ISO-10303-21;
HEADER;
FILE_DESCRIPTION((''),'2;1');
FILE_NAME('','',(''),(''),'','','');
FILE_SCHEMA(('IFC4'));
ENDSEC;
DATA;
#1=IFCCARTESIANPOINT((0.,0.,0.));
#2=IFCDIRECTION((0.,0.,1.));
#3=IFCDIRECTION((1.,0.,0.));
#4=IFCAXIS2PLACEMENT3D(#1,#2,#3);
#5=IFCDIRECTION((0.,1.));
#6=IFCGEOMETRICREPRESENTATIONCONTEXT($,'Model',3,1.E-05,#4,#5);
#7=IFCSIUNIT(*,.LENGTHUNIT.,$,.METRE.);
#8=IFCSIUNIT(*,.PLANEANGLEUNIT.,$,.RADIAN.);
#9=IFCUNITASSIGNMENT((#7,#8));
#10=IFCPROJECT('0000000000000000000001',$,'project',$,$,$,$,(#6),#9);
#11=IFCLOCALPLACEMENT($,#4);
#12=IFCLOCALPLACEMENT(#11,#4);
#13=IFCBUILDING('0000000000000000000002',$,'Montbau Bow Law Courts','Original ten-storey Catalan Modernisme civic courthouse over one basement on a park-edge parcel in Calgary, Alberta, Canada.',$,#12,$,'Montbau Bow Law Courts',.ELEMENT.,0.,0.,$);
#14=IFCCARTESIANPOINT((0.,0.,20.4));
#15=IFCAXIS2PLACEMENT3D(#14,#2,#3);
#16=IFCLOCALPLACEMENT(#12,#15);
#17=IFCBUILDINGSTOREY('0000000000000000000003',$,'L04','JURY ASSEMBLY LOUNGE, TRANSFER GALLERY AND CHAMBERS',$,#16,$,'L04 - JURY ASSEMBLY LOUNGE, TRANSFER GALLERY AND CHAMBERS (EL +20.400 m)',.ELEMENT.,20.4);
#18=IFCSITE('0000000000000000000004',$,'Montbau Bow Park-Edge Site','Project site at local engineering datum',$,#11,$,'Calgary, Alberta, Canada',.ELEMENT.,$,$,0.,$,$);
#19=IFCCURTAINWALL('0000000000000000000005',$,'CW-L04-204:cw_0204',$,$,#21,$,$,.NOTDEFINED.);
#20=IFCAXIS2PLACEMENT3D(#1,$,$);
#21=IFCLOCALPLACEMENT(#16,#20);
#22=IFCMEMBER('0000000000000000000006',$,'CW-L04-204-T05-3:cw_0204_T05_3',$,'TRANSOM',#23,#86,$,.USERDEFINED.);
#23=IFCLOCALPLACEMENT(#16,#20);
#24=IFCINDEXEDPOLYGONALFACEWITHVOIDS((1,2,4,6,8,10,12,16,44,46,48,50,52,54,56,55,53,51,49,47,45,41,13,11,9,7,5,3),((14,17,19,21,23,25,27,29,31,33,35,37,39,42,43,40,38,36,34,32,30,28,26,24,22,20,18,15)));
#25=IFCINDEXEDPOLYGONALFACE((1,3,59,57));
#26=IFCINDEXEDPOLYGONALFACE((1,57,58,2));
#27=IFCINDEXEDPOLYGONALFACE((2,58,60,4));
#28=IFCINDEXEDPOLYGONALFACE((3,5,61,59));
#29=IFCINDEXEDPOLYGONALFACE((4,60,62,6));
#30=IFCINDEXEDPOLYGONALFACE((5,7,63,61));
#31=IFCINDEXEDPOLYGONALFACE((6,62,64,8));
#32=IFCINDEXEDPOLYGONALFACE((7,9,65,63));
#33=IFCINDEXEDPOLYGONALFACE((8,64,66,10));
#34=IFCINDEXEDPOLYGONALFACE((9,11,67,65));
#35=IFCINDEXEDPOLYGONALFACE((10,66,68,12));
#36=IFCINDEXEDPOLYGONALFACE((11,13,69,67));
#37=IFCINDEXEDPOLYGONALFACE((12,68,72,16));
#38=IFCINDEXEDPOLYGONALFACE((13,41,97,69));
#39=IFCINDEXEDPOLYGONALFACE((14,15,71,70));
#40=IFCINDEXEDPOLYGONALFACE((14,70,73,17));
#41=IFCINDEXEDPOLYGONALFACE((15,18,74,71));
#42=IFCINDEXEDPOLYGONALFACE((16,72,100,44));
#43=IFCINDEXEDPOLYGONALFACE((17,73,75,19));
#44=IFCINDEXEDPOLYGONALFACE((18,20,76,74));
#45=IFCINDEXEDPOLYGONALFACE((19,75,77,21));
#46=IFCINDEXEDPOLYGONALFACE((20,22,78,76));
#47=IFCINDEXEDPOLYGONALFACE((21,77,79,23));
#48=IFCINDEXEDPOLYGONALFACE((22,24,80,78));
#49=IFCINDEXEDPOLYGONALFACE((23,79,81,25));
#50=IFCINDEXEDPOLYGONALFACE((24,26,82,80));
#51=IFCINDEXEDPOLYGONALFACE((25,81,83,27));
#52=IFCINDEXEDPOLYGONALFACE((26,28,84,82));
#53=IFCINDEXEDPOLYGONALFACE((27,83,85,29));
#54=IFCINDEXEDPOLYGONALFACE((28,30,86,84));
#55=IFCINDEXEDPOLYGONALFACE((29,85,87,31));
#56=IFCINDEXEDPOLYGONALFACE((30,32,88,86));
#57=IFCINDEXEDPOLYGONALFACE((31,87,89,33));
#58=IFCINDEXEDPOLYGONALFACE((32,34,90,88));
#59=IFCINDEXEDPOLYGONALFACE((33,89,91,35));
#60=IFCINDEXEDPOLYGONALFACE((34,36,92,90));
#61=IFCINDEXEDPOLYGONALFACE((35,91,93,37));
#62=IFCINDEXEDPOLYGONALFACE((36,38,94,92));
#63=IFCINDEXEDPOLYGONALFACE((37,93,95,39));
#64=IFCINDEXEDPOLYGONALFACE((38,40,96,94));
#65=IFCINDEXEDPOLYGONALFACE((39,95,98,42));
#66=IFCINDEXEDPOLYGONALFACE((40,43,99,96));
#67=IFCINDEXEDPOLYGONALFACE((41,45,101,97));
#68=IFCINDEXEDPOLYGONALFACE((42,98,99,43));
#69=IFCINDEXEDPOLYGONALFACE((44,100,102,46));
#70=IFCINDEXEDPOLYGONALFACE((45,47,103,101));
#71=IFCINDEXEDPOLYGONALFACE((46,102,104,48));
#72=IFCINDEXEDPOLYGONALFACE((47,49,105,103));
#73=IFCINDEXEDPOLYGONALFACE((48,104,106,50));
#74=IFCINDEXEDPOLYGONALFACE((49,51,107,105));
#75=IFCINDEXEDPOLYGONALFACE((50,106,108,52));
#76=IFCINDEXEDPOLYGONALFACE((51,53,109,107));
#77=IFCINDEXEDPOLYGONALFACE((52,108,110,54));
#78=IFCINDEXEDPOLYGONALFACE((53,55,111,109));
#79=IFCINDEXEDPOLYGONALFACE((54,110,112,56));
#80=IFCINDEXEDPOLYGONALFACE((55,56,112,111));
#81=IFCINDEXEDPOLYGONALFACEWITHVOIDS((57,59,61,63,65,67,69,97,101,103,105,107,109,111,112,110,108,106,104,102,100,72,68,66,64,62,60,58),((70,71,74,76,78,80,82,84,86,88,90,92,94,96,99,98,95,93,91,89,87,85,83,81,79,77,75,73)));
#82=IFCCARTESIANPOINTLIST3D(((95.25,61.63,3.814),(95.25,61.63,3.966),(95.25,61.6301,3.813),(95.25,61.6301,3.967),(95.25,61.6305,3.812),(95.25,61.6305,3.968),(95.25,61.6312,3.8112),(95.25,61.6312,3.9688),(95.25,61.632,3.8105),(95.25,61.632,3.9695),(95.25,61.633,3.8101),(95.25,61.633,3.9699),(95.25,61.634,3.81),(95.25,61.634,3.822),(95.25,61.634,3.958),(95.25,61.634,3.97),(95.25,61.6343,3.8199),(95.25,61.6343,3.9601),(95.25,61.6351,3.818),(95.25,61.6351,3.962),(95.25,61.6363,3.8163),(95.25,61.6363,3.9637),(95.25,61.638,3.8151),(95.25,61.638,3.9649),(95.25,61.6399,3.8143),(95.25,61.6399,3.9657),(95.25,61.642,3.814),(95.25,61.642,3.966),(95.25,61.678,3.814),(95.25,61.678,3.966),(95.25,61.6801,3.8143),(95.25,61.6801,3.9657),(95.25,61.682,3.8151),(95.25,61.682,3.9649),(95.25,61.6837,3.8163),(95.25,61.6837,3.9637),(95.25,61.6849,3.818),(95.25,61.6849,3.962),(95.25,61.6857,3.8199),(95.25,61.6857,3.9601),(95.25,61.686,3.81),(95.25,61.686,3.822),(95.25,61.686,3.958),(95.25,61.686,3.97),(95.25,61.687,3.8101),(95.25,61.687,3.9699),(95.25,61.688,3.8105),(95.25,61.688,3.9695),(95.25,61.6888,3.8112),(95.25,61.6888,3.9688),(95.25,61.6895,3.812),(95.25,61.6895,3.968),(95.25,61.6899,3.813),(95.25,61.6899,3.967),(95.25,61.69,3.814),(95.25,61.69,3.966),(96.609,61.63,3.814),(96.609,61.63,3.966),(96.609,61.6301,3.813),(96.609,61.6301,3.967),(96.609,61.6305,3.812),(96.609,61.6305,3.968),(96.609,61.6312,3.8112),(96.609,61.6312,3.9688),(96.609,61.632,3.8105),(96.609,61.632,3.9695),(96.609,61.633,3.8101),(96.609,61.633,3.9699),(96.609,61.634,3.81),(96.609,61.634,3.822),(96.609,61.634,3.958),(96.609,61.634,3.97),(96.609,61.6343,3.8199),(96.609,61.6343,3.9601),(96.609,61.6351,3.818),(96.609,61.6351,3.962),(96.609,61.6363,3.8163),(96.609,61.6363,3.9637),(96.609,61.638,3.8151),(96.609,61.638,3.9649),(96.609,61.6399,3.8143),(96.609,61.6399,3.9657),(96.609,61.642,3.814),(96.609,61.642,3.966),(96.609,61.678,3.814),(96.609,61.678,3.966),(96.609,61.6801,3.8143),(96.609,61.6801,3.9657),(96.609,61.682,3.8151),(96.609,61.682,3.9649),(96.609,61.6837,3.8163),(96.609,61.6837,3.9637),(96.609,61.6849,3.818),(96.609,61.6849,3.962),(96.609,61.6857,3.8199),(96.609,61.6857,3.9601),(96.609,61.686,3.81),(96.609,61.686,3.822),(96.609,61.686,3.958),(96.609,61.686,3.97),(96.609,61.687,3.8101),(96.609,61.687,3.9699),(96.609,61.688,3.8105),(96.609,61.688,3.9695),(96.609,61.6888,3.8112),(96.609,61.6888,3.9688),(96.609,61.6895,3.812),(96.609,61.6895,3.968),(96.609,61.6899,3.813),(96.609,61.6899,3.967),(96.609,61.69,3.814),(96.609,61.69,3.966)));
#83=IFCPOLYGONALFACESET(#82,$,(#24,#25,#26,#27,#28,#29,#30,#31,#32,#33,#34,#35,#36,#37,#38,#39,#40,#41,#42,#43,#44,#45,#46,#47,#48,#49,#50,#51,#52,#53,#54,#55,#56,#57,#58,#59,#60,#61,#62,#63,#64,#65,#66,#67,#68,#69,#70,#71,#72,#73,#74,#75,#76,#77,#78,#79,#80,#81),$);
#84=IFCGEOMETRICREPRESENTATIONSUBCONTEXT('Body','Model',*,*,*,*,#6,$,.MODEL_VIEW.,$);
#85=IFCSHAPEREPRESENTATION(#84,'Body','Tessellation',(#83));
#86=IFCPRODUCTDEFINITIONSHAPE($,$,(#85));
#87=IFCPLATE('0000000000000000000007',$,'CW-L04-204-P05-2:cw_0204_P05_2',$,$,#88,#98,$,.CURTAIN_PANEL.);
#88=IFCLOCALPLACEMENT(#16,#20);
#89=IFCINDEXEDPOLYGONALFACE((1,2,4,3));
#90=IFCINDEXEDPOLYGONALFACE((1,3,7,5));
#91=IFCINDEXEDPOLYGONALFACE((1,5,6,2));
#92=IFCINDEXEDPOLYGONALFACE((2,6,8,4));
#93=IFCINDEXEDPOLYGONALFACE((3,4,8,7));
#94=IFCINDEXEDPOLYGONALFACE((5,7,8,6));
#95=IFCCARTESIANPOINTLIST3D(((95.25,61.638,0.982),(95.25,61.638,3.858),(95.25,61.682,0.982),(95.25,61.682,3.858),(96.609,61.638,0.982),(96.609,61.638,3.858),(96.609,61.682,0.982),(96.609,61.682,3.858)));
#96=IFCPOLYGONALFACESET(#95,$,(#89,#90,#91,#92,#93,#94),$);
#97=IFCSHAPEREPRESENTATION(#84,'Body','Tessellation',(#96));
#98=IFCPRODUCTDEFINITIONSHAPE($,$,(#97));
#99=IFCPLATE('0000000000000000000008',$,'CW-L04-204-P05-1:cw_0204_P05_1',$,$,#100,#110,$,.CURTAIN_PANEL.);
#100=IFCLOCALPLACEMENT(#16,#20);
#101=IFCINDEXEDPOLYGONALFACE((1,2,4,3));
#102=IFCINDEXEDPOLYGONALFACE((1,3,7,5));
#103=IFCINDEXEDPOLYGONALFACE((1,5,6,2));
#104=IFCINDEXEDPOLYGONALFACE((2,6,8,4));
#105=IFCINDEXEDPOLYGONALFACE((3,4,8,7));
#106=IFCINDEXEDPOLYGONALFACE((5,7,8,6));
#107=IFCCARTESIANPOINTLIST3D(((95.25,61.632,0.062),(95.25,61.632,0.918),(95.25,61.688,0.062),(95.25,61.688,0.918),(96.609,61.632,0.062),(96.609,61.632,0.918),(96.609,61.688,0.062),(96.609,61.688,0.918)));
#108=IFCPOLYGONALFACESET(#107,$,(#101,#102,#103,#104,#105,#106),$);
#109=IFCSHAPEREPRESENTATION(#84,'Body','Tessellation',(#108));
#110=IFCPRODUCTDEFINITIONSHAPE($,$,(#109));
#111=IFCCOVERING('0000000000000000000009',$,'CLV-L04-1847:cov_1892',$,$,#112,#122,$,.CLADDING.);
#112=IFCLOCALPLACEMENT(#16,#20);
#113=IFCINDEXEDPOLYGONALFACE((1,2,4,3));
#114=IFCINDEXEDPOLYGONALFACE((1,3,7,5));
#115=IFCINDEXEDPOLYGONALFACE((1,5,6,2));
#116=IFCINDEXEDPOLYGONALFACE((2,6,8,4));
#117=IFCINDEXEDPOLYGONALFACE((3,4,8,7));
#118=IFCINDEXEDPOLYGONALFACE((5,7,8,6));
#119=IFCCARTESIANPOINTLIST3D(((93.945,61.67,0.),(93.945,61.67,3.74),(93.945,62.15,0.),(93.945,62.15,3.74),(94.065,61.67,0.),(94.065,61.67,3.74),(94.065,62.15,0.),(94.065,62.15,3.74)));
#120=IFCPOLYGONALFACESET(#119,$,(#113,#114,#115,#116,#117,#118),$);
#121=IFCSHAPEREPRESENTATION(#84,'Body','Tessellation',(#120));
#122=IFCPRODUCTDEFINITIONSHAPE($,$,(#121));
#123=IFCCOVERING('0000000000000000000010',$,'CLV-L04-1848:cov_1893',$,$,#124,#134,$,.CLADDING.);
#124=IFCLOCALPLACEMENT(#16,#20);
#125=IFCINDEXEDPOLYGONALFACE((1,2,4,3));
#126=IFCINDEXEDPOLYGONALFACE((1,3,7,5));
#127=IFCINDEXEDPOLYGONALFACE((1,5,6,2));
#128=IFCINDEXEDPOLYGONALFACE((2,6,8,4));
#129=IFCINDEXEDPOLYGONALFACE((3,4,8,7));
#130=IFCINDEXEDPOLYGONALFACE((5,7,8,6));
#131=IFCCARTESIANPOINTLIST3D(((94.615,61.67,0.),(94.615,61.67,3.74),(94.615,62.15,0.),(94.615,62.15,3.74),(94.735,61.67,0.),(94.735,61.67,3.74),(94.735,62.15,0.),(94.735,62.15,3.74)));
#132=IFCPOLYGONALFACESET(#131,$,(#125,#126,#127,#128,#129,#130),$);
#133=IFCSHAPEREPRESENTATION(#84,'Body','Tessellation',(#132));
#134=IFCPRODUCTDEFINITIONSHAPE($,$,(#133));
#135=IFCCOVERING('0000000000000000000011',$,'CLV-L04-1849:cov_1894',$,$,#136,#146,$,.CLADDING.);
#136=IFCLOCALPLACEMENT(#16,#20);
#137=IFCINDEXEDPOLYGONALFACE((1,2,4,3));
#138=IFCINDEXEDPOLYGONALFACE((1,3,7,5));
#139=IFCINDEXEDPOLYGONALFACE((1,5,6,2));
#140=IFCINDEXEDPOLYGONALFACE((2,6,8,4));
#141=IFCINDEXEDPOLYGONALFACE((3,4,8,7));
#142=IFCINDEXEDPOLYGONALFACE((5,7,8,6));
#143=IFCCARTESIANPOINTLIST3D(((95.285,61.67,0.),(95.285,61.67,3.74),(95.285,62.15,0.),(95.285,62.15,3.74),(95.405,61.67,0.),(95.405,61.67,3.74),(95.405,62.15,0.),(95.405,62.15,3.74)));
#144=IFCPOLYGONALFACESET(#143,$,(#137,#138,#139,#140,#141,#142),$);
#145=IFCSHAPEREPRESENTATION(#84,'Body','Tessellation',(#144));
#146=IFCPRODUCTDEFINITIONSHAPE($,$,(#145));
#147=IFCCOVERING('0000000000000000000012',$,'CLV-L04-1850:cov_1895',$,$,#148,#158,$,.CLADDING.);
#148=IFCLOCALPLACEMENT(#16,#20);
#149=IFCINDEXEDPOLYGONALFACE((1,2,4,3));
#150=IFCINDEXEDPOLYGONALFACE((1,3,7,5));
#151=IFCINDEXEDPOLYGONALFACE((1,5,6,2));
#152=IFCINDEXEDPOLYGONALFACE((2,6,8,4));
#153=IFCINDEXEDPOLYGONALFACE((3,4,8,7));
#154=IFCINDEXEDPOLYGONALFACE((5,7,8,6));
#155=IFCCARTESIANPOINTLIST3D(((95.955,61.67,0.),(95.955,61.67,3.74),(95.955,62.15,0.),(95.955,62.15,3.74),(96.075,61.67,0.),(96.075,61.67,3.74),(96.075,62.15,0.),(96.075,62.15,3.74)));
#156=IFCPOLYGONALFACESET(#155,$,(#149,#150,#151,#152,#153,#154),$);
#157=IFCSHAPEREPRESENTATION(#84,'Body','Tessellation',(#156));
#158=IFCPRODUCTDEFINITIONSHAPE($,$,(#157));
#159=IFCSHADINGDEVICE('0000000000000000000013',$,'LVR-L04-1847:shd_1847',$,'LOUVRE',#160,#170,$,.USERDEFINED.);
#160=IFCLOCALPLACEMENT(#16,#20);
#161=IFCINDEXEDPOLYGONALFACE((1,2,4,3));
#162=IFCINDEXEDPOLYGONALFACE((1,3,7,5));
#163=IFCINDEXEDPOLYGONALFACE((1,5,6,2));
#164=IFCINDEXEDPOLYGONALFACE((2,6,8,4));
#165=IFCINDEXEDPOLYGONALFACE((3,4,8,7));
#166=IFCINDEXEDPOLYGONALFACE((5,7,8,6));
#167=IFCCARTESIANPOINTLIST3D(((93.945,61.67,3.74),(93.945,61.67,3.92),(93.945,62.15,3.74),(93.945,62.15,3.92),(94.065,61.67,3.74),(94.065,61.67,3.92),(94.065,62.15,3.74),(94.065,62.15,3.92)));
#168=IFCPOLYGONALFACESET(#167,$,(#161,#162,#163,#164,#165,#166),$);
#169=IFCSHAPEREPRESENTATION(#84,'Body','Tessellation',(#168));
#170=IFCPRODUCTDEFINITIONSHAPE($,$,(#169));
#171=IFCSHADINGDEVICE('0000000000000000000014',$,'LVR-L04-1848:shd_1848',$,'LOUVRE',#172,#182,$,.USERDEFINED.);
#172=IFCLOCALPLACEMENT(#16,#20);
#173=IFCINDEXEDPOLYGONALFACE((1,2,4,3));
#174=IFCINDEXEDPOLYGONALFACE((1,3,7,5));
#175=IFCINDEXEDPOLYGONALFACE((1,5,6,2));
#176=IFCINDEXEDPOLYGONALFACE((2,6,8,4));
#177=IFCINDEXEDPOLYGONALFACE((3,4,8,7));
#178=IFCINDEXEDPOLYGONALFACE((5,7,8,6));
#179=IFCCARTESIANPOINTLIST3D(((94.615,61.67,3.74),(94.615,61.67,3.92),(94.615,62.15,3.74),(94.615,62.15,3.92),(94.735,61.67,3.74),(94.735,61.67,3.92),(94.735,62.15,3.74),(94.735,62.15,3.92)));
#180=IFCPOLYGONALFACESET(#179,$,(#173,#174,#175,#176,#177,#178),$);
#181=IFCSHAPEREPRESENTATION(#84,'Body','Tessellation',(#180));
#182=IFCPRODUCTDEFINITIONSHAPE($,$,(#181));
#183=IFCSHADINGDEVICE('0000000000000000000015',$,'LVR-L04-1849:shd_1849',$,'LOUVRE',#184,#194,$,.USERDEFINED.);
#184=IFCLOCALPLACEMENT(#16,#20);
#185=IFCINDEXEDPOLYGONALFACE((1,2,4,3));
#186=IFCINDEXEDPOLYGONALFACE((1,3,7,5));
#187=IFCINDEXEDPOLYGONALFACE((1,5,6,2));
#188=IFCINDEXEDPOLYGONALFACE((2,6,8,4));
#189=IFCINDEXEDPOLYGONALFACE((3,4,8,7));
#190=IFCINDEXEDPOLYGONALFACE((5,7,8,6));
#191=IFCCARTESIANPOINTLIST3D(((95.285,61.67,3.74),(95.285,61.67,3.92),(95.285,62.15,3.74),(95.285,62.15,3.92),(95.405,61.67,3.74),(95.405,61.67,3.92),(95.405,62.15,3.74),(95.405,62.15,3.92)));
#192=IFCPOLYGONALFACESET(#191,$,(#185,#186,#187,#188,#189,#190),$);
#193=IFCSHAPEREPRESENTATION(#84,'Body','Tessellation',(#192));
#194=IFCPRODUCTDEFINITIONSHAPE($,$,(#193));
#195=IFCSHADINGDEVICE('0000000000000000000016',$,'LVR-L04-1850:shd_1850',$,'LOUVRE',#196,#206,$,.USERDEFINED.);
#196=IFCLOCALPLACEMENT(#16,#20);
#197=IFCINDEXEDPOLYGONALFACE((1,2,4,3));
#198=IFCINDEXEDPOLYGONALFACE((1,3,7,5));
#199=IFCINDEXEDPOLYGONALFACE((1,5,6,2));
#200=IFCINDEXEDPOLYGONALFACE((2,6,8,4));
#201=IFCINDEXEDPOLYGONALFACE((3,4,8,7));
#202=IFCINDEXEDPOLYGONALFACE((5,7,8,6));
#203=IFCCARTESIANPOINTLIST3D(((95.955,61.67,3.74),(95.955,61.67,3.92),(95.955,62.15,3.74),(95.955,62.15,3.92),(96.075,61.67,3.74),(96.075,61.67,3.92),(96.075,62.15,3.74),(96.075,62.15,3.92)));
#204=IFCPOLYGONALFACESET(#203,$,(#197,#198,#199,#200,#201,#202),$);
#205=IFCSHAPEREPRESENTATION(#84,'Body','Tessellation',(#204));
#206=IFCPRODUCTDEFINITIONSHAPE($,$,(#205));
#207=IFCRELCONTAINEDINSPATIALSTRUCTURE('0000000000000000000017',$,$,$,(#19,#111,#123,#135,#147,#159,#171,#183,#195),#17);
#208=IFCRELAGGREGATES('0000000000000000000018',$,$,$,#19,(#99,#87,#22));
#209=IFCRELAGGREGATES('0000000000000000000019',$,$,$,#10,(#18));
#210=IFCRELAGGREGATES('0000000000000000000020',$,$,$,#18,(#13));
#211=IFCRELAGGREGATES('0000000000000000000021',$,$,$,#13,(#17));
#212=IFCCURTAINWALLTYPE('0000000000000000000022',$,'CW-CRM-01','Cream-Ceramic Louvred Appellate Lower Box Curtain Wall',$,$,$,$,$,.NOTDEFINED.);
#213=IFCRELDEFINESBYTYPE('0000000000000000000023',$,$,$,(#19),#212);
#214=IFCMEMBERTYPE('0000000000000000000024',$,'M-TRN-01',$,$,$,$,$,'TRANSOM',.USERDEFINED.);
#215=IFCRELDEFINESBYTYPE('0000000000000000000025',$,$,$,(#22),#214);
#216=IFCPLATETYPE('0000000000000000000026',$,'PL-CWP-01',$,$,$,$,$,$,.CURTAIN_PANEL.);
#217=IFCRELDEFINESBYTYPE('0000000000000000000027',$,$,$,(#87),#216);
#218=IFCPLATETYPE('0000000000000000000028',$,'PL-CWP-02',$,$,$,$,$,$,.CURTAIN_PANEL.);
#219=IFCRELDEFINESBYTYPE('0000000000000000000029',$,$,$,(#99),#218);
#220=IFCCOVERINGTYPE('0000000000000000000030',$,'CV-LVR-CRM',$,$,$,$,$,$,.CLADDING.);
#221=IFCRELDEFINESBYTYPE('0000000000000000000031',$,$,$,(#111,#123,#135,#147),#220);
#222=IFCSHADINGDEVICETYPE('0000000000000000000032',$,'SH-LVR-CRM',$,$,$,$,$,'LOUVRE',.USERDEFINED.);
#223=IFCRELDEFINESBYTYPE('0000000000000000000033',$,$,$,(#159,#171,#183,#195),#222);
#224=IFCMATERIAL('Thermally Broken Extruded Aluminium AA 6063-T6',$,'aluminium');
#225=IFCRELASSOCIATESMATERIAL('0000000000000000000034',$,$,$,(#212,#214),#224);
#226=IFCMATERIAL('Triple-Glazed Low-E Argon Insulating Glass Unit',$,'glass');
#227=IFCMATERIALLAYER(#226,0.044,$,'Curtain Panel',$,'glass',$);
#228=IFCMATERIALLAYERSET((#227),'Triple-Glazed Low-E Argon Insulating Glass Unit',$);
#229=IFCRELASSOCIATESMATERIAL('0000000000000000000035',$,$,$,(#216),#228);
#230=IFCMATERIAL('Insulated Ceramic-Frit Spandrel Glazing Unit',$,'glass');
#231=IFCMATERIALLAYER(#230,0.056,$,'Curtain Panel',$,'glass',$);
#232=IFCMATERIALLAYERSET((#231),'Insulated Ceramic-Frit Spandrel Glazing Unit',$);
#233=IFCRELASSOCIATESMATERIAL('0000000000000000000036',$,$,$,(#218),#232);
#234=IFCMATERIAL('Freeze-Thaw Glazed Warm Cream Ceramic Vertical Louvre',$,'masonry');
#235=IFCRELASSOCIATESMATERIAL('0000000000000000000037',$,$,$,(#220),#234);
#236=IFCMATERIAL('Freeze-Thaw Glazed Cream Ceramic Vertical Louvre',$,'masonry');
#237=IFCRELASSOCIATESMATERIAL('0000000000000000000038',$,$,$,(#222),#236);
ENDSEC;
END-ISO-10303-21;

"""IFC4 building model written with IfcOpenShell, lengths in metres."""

from ifc_helpers import new_model, si_unit, direction, frame, frame_2d, origin_with_axes, origin_2d_with_axis, place, context, subcontext, project, spatial, rectangle, hollow_rectangle, extrude, material, layer, layer_set, material_profile, profile_set, type_object, element, aggregate, save


model = new_model("IFC4")

# Units and contexts
model_context = context("Model", 3, precision=1e-05, world=origin_with_axes(), true_north=direction((0.0, 1.0)))
body_context = subcontext(model_context, "Body", "Model", "MODEL_VIEW")
ifc_project = project(units=[si_unit("LENGTHUNIT", "METRE"), si_unit("PLANEANGLEUNIT", "RADIAN")], contexts=[model_context])

# Site, building, storey
site_placement = place(None, origin_with_axes())
site = spatial("IfcSite", under=ifc_project, at=site_placement, Name="Montbau Bow Park-Edge Site", Description="Project site at local engineering datum", LongName="Calgary, Alberta, Canada", CompositionType="ELEMENT", RefElevation=0.0)
building_placement = place(site_placement, origin_with_axes())
building = spatial("IfcBuilding", under=site, at=building_placement, Name="Montbau Bow Law Courts", Description="Original ten-storey Catalan Modernisme civic courthouse over one basement on a park-edge parcel in Calgary, Alberta, Canada.", LongName="Montbau Bow Law Courts", CompositionType="ELEMENT", ElevationOfRefHeight=0.0, ElevationOfTerrain=0.0)
storey_placement = place(building_placement, frame((0.0, 0.0, 20.4), z_axis=(0.0, 0.0, 1.0), x_axis=(1.0, 0.0, 0.0)))
storey = spatial("IfcBuildingStorey", under=building, at=storey_placement, Name="L04", Description="JURY ASSEMBLY LOUNGE, TRANSFER GALLERY AND CHAMBERS", LongName="L04 - JURY ASSEMBLY LOUNGE, TRANSFER GALLERY AND CHAMBERS (EL +20.400 m)", CompositionType="ELEMENT", Elevation=20.4)

# Curtain wall, member, plates
ifc_material_1 = material(Name="Thermally Broken Extruded Aluminium AA 6063-T6", Category="aluminium")
curtain_wall_type = type_object("IfcCurtainWallType", Name="CW-CRM-01", Description="Cream-Ceramic Louvred Appellate Lower Box Curtain Wall", PredefinedType="NOTDEFINED", material=ifc_material_1)
curtain_wall_placement = place(None, frame((89.315, 61.66, 20.4), z_axis=(0.0, 0.0, 1.0), x_axis=(1.0, 0.0, 0.0)))
curtain_wall = element("IfcCurtainWall", 1, at=curtain_wall_placement, inside=storey, type_object=curtain_wall_type, Name="CW-L04-204:cw_0204", PredefinedType="NOTDEFINED")
ifc_material_profile_1 = material_profile(ifc_material_1, hollow_rectangle(XDim=0.06, YDim=0.16, WallThickness=0.004, InnerFilletRadius=0.008, OuterFilletRadius=0.004, at=origin_2d_with_axis()), Name="CWT-160X60", Category="Main", Priority=0)
ifc_profile_set_1 = profile_set([ifc_material_profile_1], Name="Thermally Broken Extruded Aluminium AA 6063-T6")
member_type_1 = type_object("IfcMemberType", Name="M-TRN-01", ElementType="TRANSOM", PredefinedType="USERDEFINED", material=ifc_profile_set_1)
member_1_placement = place(None, frame((95.25, 61.66, 24.29), z_axis=(1.0, 0.0, 0.0), x_axis=(0.0, 1.0, 0.0)))
member_1 = element("IfcMember", 2, at=member_1_placement, type_object=member_type_1, Name="CW-L04-204-T05-3:cw_0204_T05_3", ObjectType="TRANSOM", PredefinedType="USERDEFINED", context=body_context, shape_type="SweptSolid", body=[
    extrude(hollow_rectangle(XDim=0.06, YDim=0.16, WallThickness=0.004, InnerFilletRadius=0.008, OuterFilletRadius=0.004, at=origin_2d_with_axis()), origin_with_axes(), (0.0, 0.0, 1.0), 1.359),
])
ifc_material_2 = material(Name="Triple-Glazed Low-E Argon Insulating Glass Unit", Category="glass")
ifc_layer_1 = layer(ifc_material_2, 0.044, Name="Curtain Panel", Category="glass")
ifc_layer_set_1 = layer_set([ifc_layer_1], Name="Triple-Glazed Low-E Argon Insulating Glass Unit")
plate_type_1 = type_object("IfcPlateType", Name="PL-CWP-01", PredefinedType="CURTAIN_PANEL", material=ifc_layer_set_1)
plate_1_placement = place(None, frame((95.25, 61.66, 21.382), z_axis=(0.0, -1.0, 0.0), x_axis=(1.0, 0.0, 0.0)))
plate_1 = element("IfcPlate", 3, at=plate_1_placement, type_object=plate_type_1, Name="CW-L04-204-P05-2:cw_0204_P05_2", PredefinedType="CURTAIN_PANEL", context=body_context, shape_type="SweptSolid", body=[
    extrude(rectangle(XDim=1.359, YDim=2.876, at=frame_2d((0.6795, 1.438), x_axis=(1.0, 0.0))), frame((0.0, 0.0, -0.022), z_axis=(0.0, 0.0, 1.0), x_axis=(1.0, 0.0, 0.0)), (0.0, 0.0, 1.0), 0.044),
])
ifc_material_3 = material(Name="Insulated Ceramic-Frit Spandrel Glazing Unit", Category="glass")
ifc_layer_2 = layer(ifc_material_3, 0.056, Name="Curtain Panel", Category="glass")
ifc_layer_set_2 = layer_set([ifc_layer_2], Name="Insulated Ceramic-Frit Spandrel Glazing Unit")
plate_type_2 = type_object("IfcPlateType", Name="PL-CWP-02", PredefinedType="CURTAIN_PANEL", material=ifc_layer_set_2)
plate_2_placement = place(None, frame((95.25, 61.66, 20.462), z_axis=(0.0, -1.0, 0.0), x_axis=(1.0, 0.0, 0.0)))
plate_2 = element("IfcPlate", 4, at=plate_2_placement, type_object=plate_type_2, Name="CW-L04-204-P05-1:cw_0204_P05_1", PredefinedType="CURTAIN_PANEL", context=body_context, shape_type="SweptSolid", body=[
    extrude(rectangle(XDim=1.359, YDim=0.856, at=frame_2d((0.6795, 0.428), x_axis=(1.0, 0.0))), frame((0.0, 0.0, -0.028), z_axis=(0.0, 0.0, 1.0), x_axis=(1.0, 0.0, 0.0)), (0.0, 0.0, 1.0), 0.056),
])
aggregate(curtain_wall, [plate_2, plate_1, member_1])

# Coverings
ifc_material_4 = material(Name="Freeze-Thaw Glazed Warm Cream Ceramic Vertical Louvre", Category="masonry")
covering_type = type_object("IfcCoveringType", Name="CV-LVR-CRM", PredefinedType="CLADDING", material=ifc_material_4)
for number, where, z_axis, x_axis, name in (
    (5, (94.005, 61.67, 20.4), (1.0, 0.0, 0.0), (0.0, 1.0, 0.0), "CLV-L04-1847:cov_1892"),
    (6, (94.675, 61.67, 20.4), (1.0, 0.0, 0.0), (0.0, 1.0, 0.0), "CLV-L04-1848:cov_1893"),
    (7, (95.345, 61.67, 20.4), (1.0, 0.0, 0.0), (0.0, 1.0, 0.0), "CLV-L04-1849:cov_1894"),
    (8, (96.015, 61.67, 20.4), (1.0, 0.0, 0.0), (0.0, 1.0, 0.0), "CLV-L04-1850:cov_1895"),
):
    element("IfcCovering", number, at=place(None, frame(where, z_axis=z_axis, x_axis=x_axis)), inside=storey, type_object=covering_type, Name=name, PredefinedType="CLADDING", context=body_context, shape_type="SweptSolid", body=[
        extrude(rectangle(XDim=0.48, YDim=3.74, at=frame_2d((0.24, 1.87), x_axis=(1.0, 0.0))), frame((0.0, 0.0, -0.06), z_axis=(0.0, 0.0, 1.0), x_axis=(1.0, 0.0, 0.0)), (0.0, 0.0, 1.0), 0.12),
    ])

# Shading devices
ifc_material_5 = material(Name="Freeze-Thaw Glazed Cream Ceramic Vertical Louvre", Category="masonry")
shading_device_type = type_object("IfcShadingDeviceType", Name="SH-LVR-CRM", ElementType="LOUVRE", PredefinedType="USERDEFINED", material=ifc_material_5)
for number, where, z_axis, x_axis, name in (
    (9, (94.005, 61.91, 24.14), (0.0, 0.0, 1.0), (0.0, 1.0, 0.0), "LVR-L04-1847:shd_1847"),
    (10, (94.675, 61.91, 24.14), (0.0, 0.0, 1.0), (0.0, 1.0, 0.0), "LVR-L04-1848:shd_1848"),
    (11, (95.345, 61.91, 24.14), (0.0, 0.0, 1.0), (0.0, 1.0, 0.0), "LVR-L04-1849:shd_1849"),
    (12, (96.015, 61.91, 24.14), (0.0, 0.0, 1.0), (0.0, 1.0, 0.0), "LVR-L04-1850:shd_1850"),
):
    element("IfcShadingDevice", number, at=place(None, frame(where, z_axis=z_axis, x_axis=x_axis)), inside=storey, type_object=shading_device_type, Name=name, ObjectType="LOUVRE", PredefinedType="USERDEFINED", context=body_context, shape_type="SweptSolid", body=[
        extrude(rectangle(XDim=0.48, YDim=0.12, at=origin_2d_with_axis()), origin_with_axes(), (0.0, 0.0, 1.0), 0.18),
    ])

save(model, "model.ifc")
